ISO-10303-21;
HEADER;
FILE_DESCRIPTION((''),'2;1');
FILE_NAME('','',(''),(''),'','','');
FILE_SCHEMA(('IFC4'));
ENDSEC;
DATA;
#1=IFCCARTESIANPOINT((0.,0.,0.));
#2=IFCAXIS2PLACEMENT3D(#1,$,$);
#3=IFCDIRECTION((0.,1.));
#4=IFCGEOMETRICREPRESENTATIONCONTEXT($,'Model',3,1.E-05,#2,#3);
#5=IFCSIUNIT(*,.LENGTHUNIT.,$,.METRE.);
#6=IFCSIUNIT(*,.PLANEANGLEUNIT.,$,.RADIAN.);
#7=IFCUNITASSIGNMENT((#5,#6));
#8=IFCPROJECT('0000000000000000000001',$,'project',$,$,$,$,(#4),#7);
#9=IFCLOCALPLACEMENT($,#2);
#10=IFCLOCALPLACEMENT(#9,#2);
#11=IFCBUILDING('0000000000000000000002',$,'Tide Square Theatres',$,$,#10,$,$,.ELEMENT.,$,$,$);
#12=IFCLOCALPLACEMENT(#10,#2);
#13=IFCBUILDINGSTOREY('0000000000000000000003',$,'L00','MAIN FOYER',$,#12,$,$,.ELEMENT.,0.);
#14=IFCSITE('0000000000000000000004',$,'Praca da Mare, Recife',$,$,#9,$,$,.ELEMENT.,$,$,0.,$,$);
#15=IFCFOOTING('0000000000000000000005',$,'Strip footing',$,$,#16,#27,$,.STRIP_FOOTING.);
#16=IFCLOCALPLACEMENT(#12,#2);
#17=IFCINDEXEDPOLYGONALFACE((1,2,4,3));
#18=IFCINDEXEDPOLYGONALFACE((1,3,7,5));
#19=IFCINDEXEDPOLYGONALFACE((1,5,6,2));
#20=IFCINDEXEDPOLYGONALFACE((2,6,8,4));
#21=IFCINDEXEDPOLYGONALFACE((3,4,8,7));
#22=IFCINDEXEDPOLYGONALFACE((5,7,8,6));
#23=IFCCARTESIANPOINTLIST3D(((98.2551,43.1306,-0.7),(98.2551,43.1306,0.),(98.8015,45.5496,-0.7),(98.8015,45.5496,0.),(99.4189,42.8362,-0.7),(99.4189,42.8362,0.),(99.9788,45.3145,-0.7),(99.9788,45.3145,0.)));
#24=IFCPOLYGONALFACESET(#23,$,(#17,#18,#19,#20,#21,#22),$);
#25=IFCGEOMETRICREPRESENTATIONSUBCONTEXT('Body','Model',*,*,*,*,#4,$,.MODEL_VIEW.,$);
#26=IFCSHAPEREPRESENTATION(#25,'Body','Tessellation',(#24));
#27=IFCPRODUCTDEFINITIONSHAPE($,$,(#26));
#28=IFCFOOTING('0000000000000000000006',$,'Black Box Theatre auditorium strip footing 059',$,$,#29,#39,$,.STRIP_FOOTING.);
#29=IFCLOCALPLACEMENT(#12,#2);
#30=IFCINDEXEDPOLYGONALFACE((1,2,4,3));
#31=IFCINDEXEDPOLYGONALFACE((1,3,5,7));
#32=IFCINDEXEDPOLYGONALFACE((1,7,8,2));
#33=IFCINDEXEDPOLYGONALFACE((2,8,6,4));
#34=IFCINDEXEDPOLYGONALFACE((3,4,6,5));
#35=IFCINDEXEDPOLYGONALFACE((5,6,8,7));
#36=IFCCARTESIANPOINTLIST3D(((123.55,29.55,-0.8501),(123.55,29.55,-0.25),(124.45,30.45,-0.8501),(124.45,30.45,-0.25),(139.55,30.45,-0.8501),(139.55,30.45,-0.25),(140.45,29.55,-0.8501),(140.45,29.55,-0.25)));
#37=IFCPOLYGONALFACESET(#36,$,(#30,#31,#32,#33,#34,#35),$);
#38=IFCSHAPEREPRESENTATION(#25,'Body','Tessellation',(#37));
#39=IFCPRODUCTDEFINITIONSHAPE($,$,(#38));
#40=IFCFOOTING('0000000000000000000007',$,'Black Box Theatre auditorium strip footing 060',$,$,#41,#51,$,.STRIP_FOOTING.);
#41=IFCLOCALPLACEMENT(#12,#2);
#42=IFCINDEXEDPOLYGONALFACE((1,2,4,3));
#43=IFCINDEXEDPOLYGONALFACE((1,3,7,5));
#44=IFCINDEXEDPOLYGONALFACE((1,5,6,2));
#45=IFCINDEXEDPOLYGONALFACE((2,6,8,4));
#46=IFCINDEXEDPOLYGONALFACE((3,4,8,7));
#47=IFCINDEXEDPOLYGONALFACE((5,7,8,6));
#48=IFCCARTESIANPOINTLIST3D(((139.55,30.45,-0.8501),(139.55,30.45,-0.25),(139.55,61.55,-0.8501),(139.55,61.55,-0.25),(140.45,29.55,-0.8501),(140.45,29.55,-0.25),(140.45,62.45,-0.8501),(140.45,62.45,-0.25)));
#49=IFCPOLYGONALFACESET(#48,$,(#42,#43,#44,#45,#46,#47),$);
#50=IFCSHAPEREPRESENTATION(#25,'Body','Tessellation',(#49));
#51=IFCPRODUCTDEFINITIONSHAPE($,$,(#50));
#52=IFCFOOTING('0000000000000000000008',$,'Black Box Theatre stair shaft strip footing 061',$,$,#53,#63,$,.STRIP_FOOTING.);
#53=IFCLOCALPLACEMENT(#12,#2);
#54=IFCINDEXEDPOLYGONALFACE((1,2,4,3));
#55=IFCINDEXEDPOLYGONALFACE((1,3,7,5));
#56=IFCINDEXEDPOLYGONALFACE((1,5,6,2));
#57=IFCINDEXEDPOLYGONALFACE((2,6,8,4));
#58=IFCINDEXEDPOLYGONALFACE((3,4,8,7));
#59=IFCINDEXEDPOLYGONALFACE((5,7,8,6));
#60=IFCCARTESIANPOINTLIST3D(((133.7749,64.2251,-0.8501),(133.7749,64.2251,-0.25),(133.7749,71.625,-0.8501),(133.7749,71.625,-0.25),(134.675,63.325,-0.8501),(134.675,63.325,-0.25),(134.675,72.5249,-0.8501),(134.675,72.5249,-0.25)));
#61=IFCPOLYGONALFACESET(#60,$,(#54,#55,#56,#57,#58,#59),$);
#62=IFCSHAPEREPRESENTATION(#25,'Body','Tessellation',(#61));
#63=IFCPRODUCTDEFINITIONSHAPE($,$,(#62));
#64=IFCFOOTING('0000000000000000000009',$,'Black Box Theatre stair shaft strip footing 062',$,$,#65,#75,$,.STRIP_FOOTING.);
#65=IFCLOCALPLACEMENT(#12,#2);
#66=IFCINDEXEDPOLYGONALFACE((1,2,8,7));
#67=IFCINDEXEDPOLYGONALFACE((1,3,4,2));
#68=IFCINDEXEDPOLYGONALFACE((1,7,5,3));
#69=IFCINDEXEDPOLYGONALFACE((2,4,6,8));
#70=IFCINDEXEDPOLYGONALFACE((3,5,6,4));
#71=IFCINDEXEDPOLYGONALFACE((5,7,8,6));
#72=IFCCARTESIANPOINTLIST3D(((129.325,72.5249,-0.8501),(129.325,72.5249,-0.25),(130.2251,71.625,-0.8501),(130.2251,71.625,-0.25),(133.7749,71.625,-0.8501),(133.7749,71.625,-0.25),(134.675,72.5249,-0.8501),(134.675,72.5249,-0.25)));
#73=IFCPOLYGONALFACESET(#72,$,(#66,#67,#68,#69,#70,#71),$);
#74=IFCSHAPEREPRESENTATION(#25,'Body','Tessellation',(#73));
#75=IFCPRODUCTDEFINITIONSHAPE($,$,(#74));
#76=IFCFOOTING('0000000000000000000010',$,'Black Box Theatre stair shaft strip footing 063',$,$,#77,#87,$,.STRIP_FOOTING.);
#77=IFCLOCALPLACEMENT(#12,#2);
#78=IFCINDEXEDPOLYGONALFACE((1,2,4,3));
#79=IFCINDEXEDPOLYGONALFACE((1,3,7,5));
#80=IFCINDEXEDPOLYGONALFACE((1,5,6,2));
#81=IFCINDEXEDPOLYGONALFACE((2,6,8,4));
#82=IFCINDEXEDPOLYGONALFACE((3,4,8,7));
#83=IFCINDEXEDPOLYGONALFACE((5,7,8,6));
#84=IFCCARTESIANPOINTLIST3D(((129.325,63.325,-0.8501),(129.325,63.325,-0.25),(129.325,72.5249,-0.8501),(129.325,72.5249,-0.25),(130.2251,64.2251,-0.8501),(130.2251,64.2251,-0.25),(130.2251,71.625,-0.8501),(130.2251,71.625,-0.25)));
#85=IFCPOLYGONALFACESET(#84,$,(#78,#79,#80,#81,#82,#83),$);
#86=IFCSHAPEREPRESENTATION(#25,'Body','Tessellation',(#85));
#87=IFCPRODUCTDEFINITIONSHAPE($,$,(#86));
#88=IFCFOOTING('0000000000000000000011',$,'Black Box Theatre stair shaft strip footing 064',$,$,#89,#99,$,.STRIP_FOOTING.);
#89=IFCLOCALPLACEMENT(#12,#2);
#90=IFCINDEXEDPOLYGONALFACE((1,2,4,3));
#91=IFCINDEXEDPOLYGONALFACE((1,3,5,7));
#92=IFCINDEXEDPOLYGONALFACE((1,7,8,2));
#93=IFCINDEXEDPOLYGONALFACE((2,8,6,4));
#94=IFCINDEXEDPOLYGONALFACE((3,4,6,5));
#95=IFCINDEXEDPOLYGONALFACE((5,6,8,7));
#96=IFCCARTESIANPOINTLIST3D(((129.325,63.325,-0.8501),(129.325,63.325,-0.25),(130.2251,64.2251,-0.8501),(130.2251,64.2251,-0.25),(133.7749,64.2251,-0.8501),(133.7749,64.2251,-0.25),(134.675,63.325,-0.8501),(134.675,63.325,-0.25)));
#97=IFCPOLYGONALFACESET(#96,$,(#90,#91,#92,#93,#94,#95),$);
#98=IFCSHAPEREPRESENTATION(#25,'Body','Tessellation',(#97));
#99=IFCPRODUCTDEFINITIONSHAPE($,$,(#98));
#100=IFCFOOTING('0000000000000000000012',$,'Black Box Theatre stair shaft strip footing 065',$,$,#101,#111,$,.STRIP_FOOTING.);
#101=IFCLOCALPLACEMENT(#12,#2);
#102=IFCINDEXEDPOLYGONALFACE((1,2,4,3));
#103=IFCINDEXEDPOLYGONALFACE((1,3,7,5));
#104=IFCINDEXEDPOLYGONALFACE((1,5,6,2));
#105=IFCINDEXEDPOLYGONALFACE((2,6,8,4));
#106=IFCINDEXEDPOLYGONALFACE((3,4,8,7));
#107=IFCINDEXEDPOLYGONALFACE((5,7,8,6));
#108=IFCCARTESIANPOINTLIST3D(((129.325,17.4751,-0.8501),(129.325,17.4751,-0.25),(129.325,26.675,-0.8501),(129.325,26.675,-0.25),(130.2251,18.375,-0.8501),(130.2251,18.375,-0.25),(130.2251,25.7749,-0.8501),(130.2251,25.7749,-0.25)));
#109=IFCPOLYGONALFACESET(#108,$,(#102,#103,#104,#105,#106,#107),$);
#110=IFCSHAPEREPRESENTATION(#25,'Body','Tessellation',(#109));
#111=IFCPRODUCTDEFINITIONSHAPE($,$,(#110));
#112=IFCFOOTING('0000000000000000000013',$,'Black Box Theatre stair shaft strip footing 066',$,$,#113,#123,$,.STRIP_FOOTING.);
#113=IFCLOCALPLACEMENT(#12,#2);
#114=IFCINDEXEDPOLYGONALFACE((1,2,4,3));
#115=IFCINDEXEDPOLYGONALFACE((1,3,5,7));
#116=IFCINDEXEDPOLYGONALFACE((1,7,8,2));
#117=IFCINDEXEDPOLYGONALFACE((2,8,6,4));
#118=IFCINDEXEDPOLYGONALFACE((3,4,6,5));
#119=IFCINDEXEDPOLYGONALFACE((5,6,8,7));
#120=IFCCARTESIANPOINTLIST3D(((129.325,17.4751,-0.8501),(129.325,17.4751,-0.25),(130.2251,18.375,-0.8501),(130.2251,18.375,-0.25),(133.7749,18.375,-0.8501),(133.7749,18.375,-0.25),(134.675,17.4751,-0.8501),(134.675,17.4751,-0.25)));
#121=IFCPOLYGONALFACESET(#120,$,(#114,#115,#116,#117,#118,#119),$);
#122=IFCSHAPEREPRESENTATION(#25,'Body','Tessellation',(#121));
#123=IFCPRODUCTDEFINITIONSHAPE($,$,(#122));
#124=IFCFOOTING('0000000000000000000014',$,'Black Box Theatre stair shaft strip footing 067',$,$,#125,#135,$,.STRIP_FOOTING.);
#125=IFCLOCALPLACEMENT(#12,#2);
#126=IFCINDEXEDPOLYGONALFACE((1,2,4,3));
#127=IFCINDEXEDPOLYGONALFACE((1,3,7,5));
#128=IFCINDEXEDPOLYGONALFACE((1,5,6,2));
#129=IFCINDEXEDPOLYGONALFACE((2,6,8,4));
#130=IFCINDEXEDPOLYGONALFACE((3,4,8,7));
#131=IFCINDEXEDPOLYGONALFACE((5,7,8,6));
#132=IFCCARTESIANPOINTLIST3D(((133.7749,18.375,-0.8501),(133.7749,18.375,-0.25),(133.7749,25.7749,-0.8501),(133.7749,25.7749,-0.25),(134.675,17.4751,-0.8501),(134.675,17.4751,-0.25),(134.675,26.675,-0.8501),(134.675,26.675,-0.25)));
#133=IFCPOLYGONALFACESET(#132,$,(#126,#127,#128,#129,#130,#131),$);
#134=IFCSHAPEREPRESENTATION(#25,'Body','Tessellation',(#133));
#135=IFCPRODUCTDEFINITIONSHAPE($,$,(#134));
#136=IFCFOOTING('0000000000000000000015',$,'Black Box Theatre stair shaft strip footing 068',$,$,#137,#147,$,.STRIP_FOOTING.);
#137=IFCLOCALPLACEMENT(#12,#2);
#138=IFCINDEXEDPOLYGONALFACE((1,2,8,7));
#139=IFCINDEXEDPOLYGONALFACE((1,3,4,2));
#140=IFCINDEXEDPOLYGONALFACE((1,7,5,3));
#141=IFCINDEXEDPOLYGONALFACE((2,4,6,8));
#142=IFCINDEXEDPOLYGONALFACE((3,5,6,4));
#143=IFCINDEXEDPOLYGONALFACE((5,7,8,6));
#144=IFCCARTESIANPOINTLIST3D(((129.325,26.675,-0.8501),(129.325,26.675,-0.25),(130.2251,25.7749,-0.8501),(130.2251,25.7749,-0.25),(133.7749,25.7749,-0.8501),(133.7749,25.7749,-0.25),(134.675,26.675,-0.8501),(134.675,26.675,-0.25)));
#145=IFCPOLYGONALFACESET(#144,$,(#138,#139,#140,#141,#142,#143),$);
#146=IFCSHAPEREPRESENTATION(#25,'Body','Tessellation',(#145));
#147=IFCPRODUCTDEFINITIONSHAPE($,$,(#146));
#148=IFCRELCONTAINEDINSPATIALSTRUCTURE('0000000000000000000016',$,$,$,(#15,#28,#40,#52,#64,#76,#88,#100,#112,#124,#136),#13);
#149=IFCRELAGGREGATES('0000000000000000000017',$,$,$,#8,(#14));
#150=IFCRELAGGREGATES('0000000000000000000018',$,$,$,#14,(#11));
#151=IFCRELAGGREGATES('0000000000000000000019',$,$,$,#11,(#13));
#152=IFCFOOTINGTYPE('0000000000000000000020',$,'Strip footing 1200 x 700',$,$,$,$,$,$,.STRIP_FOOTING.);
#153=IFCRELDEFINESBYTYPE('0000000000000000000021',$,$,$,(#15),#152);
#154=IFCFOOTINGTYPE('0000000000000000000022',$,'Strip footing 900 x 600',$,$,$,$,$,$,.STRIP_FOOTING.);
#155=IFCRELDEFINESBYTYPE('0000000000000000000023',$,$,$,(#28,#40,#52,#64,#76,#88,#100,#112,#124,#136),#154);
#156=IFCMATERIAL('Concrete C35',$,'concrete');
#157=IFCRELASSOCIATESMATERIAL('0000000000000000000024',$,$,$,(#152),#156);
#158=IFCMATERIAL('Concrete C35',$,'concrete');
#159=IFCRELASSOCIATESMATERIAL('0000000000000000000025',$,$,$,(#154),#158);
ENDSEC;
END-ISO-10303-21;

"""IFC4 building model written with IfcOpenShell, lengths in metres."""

from ifc_helpers import new_model, si_unit, direction, frame, origin, place, context, subcontext, project, spatial, polyline, outline, extrude, material, type_object, element, save


model = new_model("IFC4")

# Units and contexts
model_context = context("Model", 3, precision=1e-05, world=origin(), true_north=direction((0.0, 1.0)))
body_context = subcontext(model_context, "Body", "Model", "MODEL_VIEW")
ifc_project = project(units=[si_unit("LENGTHUNIT", "METRE"), si_unit("PLANEANGLEUNIT", "RADIAN")], contexts=[model_context])

# Site, building, storey
site_placement = place(None, origin())
site = spatial("IfcSite", under=ifc_project, at=site_placement, Name="Praca da Mare, Recife", CompositionType="ELEMENT", RefElevation=0.0)
building_placement = place(site_placement, origin())
building = spatial("IfcBuilding", under=site, at=building_placement, Name="Tide Square Theatres", CompositionType="ELEMENT")
storey_placement = place(building_placement, origin())
storey = spatial("IfcBuildingStorey", under=building, at=storey_placement, Name="L00", Description="MAIN FOYER", CompositionType="ELEMENT", Elevation=0.0)

# Footings
ifc_material_1 = material(Name="Concrete C35", Category="concrete")
footing_type_1 = type_object("IfcFootingType", Name="Strip footing 1200 x 700", PredefinedType="STRIP_FOOTING", material=ifc_material_1)
footing_1_placement = place(storey_placement, frame((0.0, 0.0, -0.7)))
element("IfcFooting", 1, at=footing_1_placement, inside=storey, type_object=footing_type_1, Name="Strip footing", PredefinedType="STRIP_FOOTING", context=body_context, shape_type="SweptSolid", body=[
    extrude(outline(polyline([(99.4189, 42.8362), (99.9788, 45.3145), (98.8015, 45.5496), (98.2551, 43.1306), (99.4189, 42.8362)])), origin(), (0.0, 0.0, 1.0), 0.7),
])
ifc_material_2 = material(Name="Concrete C35", Category="concrete")
footing_type_2 = type_object("IfcFootingType", Name="Strip footing 900 x 600", PredefinedType="STRIP_FOOTING", material=ifc_material_2)
footing_2_placement = place(storey_placement, frame((0.0, 0.0, -0.8501)))
element("IfcFooting", 2, at=footing_2_placement, inside=storey, type_object=footing_type_2, Name="Black Box Theatre auditorium strip footing 059", PredefinedType="STRIP_FOOTING", context=body_context, shape_type="SweptSolid", body=[
    extrude(outline(polyline([(123.55, 29.55), (140.45, 29.55), (139.55, 30.45), (124.45, 30.45), (123.55, 29.55)])), origin(), (0.0, 0.0, 1.0), 0.6001),
])
footing_3_placement = place(storey_placement, frame((0.0, 0.0, -0.8501)))
element("IfcFooting", 3, at=footing_3_placement, inside=storey, type_object=footing_type_2, Name="Black Box Theatre auditorium strip footing 060", PredefinedType="STRIP_FOOTING", context=body_context, shape_type="SweptSolid", body=[
    extrude(outline(polyline([(140.45, 29.55), (140.45, 62.45), (139.55, 61.55), (139.55, 30.45), (140.45, 29.55)])), origin(), (0.0, 0.0, 1.0), 0.6001),
])
footing_4_placement = place(storey_placement, frame((0.0, 0.0, -0.8501)))
element("IfcFooting", 4, at=footing_4_placement, inside=storey, type_object=footing_type_2, Name="Black Box Theatre stair shaft strip footing 061", PredefinedType="STRIP_FOOTING", context=body_context, shape_type="SweptSolid", body=[
    extrude(outline(polyline([(134.675, 63.325), (134.675, 72.5249), (133.7749, 71.625), (133.7749, 64.2251), (134.675, 63.325)])), origin(), (0.0, 0.0, 1.0), 0.6001),
])
footing_5_placement = place(storey_placement, frame((0.0, 0.0, -0.8501)))
element("IfcFooting", 5, at=footing_5_placement, inside=storey, type_object=footing_type_2, Name="Black Box Theatre stair shaft strip footing 062", PredefinedType="STRIP_FOOTING", context=body_context, shape_type="SweptSolid", body=[
    extrude(outline(polyline([(134.675, 72.5249), (129.325, 72.5249), (130.2251, 71.625), (133.7749, 71.625), (134.675, 72.5249)])), origin(), (0.0, 0.0, 1.0), 0.6001),
])
footing_6_placement = place(storey_placement, frame((0.0, 0.0, -0.8501)))
element("IfcFooting", 6, at=footing_6_placement, inside=storey, type_object=footing_type_2, Name="Black Box Theatre stair shaft strip footing 063", PredefinedType="STRIP_FOOTING", context=body_context, shape_type="SweptSolid", body=[
    extrude(outline(polyline([(129.325, 72.5249), (129.325, 63.325), (130.2251, 64.2251), (130.2251, 71.625), (129.325, 72.5249)])), origin(), (0.0, 0.0, 1.0), 0.6001),
])
footing_7_placement = place(storey_placement, frame((0.0, 0.0, -0.8501)))
element("IfcFooting", 7, at=footing_7_placement, inside=storey, type_object=footing_type_2, Name="Black Box Theatre stair shaft strip footing 064", PredefinedType="STRIP_FOOTING", context=body_context, shape_type="SweptSolid", body=[
    extrude(outline(polyline([(129.325, 63.325), (134.675, 63.325), (133.7749, 64.2251), (130.2251, 64.2251), (129.325, 63.325)])), origin(), (0.0, 0.0, 1.0), 0.6001),
])
footing_8_placement = place(storey_placement, frame((0.0, 0.0, -0.8501)))
element("IfcFooting", 8, at=footing_8_placement, inside=storey, type_object=footing_type_2, Name="Black Box Theatre stair shaft strip footing 065", PredefinedType="STRIP_FOOTING", context=body_context, shape_type="SweptSolid", body=[
    extrude(outline(polyline([(129.325, 26.675), (129.325, 17.4751), (130.2251, 18.375), (130.2251, 25.7749), (129.325, 26.675)])), origin(), (0.0, 0.0, 1.0), 0.6001),
])
footing_9_placement = place(storey_placement, frame((0.0, 0.0, -0.8501)))
element("IfcFooting", 9, at=footing_9_placement, inside=storey, type_object=footing_type_2, Name="Black Box Theatre stair shaft strip footing 066", PredefinedType="STRIP_FOOTING", context=body_context, shape_type="SweptSolid", body=[
    extrude(outline(polyline([(129.325, 17.4751), (134.675, 17.4751), (133.7749, 18.375), (130.2251, 18.375), (129.325, 17.4751)])), origin(), (0.0, 0.0, 1.0), 0.6001),
])
footing_10_placement = place(storey_placement, frame((0.0, 0.0, -0.8501)))
element("IfcFooting", 10, at=footing_10_placement, inside=storey, type_object=footing_type_2, Name="Black Box Theatre stair shaft strip footing 067", PredefinedType="STRIP_FOOTING", context=body_context, shape_type="SweptSolid", body=[
    extrude(outline(polyline([(134.675, 17.4751), (134.675, 26.675), (133.7749, 25.7749), (133.7749, 18.375), (134.675, 17.4751)])), origin(), (0.0, 0.0, 1.0), 0.6001),
])
footing_11_placement = place(storey_placement, frame((0.0, 0.0, -0.8501)))
element("IfcFooting", 11, at=footing_11_placement, inside=storey, type_object=footing_type_2, Name="Black Box Theatre stair shaft strip footing 068", PredefinedType="STRIP_FOOTING", context=body_context, shape_type="SweptSolid", body=[
    extrude(outline(polyline([(134.675, 26.675), (129.325, 26.675), (130.2251, 25.7749), (133.7749, 25.7749), (134.675, 26.675)])), origin(), (0.0, 0.0, 1.0), 0.6001),
])

save(model, "model.ifc")
